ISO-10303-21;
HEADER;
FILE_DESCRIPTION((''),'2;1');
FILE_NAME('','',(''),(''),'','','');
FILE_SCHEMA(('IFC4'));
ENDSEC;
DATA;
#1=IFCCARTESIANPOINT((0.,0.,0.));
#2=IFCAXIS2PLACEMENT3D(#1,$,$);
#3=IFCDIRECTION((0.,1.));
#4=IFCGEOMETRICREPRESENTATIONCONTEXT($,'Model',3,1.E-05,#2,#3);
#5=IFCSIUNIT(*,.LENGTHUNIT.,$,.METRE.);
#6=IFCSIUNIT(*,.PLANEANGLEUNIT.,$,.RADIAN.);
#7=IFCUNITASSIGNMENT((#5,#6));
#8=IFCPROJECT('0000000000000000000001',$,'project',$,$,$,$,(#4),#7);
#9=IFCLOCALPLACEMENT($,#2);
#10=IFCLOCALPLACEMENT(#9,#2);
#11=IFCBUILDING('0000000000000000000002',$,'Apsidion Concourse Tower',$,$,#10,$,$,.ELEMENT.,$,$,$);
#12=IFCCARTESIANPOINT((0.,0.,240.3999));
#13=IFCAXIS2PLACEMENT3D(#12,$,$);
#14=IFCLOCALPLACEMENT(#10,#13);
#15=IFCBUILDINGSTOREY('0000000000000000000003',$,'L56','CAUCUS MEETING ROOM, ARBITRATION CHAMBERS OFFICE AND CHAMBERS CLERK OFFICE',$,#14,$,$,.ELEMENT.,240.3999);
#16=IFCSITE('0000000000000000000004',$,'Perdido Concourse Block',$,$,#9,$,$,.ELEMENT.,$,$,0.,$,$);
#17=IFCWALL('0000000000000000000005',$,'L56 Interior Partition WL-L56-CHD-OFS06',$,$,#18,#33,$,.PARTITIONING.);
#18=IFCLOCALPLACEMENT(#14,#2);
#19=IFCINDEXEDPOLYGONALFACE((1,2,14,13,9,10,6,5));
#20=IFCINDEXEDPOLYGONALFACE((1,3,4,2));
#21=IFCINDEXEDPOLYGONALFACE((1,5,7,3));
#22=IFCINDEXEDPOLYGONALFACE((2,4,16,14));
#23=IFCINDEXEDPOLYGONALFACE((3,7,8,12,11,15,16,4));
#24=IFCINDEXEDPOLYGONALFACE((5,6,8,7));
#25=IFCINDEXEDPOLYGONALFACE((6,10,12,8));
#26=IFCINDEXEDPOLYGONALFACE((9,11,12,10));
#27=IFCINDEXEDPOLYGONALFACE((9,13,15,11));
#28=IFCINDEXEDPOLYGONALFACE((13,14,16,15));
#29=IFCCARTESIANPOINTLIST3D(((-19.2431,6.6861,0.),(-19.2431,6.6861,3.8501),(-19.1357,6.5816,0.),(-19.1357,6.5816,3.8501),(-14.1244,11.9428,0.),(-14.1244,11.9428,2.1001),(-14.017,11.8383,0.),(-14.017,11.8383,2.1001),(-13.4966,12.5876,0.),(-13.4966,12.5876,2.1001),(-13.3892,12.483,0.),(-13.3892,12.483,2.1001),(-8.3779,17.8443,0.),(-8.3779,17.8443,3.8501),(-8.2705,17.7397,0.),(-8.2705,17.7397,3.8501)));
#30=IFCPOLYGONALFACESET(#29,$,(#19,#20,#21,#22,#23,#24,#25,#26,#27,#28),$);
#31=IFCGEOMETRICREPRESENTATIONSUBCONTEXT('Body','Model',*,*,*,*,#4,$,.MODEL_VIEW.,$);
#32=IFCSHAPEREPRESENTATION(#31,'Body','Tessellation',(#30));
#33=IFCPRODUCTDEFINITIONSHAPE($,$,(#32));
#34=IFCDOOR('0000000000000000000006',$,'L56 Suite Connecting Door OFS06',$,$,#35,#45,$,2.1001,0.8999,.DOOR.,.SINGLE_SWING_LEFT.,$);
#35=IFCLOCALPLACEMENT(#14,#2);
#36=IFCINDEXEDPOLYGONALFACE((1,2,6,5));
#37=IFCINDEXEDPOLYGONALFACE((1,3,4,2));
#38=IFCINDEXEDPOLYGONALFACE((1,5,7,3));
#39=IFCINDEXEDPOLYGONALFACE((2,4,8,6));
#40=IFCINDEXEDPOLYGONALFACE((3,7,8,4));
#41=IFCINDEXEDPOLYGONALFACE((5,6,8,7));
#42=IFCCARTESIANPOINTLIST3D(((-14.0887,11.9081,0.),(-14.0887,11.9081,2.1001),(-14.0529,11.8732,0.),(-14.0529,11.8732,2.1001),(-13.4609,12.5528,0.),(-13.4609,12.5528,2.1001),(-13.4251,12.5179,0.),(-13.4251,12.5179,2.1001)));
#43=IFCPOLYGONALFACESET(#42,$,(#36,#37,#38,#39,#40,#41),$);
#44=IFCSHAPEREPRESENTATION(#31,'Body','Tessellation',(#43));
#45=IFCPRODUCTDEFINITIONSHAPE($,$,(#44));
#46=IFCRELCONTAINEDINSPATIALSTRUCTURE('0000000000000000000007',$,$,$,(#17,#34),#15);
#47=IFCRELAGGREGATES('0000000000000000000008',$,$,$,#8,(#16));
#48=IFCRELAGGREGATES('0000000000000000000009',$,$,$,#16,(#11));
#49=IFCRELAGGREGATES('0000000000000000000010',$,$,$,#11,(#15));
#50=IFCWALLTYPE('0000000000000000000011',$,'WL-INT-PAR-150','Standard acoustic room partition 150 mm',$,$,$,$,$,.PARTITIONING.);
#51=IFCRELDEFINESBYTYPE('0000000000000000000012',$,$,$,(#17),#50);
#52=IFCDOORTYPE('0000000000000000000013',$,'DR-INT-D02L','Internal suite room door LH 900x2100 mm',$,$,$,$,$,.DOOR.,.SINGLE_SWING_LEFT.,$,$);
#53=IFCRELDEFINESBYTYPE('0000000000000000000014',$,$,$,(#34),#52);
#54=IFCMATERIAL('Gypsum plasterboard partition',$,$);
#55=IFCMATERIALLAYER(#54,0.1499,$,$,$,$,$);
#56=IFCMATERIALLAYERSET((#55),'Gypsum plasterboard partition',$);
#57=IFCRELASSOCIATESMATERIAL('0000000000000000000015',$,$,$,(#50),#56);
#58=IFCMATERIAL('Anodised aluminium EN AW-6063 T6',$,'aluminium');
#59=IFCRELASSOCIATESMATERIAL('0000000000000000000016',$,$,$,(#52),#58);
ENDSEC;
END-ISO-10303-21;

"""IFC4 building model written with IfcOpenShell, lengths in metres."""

from ifc_helpers import new_model, si_unit, direction, frame, frame_2d, origin, place, context, subcontext, project, spatial, rectangle, extrude, material, layer, layer_set, type_object, element, fill, save


model = new_model("IFC4")

# Units and contexts
model_context = context("Model", 3, precision=1e-05, world=origin(), true_north=direction((0.0, 1.0)))
body_context = subcontext(model_context, "Body", "Model", "MODEL_VIEW")
ifc_project = project(units=[si_unit("LENGTHUNIT", "METRE"), si_unit("PLANEANGLEUNIT", "RADIAN")], contexts=[model_context])

# Site, building, storey
site_placement = place(None, origin())
site = spatial("IfcSite", under=ifc_project, at=site_placement, Name="Perdido Concourse Block", CompositionType="ELEMENT", RefElevation=0.0)
building_placement = place(site_placement, origin())
building = spatial("IfcBuilding", under=site, at=building_placement, Name="Apsidion Concourse Tower", CompositionType="ELEMENT")
storey_placement = place(building_placement, frame((0.0, 0.0, 240.3999)))
storey = spatial("IfcBuildingStorey", under=building, at=storey_placement, Name="L56", Description="CAUCUS MEETING ROOM, ARBITRATION CHAMBERS OFFICE AND CHAMBERS CLERK OFFICE", CompositionType="ELEMENT", Elevation=240.3999)

# Shared definitions
ifc_material_1 = material(Name="Gypsum plasterboard partition")
ifc_layer_1 = layer(ifc_material_1, 0.1499)
ifc_layer_set_1 = layer_set([ifc_layer_1], Name="Gypsum plasterboard partition")
wall_type_1 = type_object("IfcWallType", Name="WL-INT-PAR-150", Description="Standard acoustic room partition 150 mm", PredefinedType="PARTITIONING", material=ifc_layer_set_1)

# Wall, opening, door
wall_1_placement = place(storey_placement, frame((-8.3242, 17.792, 0.0), z_axis=(0.0, 0.0, 1.0), x_axis=(-0.697639, -0.71645, 0.0)))
wall_1 = element("IfcWall", 1, at=wall_1_placement, inside=storey, type_object=wall_type_1, Name="L56 Interior Partition WL-L56-CHD-OFS06", PredefinedType="PARTITIONING", context=body_context, shape_type="SweptSolid", body=[
    extrude(rectangle(XDim=15.5742, YDim=0.1499, at=frame_2d((7.7871, 0.0))), origin(), (0.0, 0.0, 1.0), 3.8501),
])
opening_1_placement = place(wall_1_placement, frame((7.3372, 0.0, 0.0)))
opening_1 = element("IfcOpeningElement", 2, at=opening_1_placement, cuts=wall_1, PredefinedType="OPENING", context=body_context, shape_type="SweptSolid", body=[
    extrude(rectangle(XDim=0.8999, YDim=2.1001, at=frame_2d((0.45, 1.05))), frame((0.0, 0.085, 0.0), z_axis=(0.0, -1.0, 0.0), x_axis=(1.0, 0.0, 0.0)), (0.0, 0.0, 1.0), 0.1699),
])
ifc_material_2 = material(Name="Anodised aluminium EN AW-6063 T6", Category="aluminium")
door_type_1 = type_object("IfcDoorType", Name="DR-INT-D02L", Description="Internal suite room door LH 900x2100 mm", OperationType="SINGLE_SWING_LEFT", PredefinedType="DOOR", material=ifc_material_2)
door_1_placement = place(opening_1_placement, origin())
door_1 = element("IfcDoor", 3, at=door_1_placement, inside=storey, type_object=door_type_1, Name="L56 Suite Connecting Door OFS06", OperationType="SINGLE_SWING_LEFT", OverallHeight=2.1001, OverallWidth=0.8999, PredefinedType="DOOR", context=body_context, shape_type="SweptSolid", body=[
    extrude(rectangle(XDim=0.8999, YDim=2.1001, at=frame_2d((0.45, 1.05))), frame((0.0, 0.0249, 0.0), z_axis=(0.0, -1.0, 0.0), x_axis=(1.0, 0.0, 0.0)), (0.0, 0.0, 1.0), 0.05),
])
fill(opening_1, door_1)

save(model, "model.ifc")
